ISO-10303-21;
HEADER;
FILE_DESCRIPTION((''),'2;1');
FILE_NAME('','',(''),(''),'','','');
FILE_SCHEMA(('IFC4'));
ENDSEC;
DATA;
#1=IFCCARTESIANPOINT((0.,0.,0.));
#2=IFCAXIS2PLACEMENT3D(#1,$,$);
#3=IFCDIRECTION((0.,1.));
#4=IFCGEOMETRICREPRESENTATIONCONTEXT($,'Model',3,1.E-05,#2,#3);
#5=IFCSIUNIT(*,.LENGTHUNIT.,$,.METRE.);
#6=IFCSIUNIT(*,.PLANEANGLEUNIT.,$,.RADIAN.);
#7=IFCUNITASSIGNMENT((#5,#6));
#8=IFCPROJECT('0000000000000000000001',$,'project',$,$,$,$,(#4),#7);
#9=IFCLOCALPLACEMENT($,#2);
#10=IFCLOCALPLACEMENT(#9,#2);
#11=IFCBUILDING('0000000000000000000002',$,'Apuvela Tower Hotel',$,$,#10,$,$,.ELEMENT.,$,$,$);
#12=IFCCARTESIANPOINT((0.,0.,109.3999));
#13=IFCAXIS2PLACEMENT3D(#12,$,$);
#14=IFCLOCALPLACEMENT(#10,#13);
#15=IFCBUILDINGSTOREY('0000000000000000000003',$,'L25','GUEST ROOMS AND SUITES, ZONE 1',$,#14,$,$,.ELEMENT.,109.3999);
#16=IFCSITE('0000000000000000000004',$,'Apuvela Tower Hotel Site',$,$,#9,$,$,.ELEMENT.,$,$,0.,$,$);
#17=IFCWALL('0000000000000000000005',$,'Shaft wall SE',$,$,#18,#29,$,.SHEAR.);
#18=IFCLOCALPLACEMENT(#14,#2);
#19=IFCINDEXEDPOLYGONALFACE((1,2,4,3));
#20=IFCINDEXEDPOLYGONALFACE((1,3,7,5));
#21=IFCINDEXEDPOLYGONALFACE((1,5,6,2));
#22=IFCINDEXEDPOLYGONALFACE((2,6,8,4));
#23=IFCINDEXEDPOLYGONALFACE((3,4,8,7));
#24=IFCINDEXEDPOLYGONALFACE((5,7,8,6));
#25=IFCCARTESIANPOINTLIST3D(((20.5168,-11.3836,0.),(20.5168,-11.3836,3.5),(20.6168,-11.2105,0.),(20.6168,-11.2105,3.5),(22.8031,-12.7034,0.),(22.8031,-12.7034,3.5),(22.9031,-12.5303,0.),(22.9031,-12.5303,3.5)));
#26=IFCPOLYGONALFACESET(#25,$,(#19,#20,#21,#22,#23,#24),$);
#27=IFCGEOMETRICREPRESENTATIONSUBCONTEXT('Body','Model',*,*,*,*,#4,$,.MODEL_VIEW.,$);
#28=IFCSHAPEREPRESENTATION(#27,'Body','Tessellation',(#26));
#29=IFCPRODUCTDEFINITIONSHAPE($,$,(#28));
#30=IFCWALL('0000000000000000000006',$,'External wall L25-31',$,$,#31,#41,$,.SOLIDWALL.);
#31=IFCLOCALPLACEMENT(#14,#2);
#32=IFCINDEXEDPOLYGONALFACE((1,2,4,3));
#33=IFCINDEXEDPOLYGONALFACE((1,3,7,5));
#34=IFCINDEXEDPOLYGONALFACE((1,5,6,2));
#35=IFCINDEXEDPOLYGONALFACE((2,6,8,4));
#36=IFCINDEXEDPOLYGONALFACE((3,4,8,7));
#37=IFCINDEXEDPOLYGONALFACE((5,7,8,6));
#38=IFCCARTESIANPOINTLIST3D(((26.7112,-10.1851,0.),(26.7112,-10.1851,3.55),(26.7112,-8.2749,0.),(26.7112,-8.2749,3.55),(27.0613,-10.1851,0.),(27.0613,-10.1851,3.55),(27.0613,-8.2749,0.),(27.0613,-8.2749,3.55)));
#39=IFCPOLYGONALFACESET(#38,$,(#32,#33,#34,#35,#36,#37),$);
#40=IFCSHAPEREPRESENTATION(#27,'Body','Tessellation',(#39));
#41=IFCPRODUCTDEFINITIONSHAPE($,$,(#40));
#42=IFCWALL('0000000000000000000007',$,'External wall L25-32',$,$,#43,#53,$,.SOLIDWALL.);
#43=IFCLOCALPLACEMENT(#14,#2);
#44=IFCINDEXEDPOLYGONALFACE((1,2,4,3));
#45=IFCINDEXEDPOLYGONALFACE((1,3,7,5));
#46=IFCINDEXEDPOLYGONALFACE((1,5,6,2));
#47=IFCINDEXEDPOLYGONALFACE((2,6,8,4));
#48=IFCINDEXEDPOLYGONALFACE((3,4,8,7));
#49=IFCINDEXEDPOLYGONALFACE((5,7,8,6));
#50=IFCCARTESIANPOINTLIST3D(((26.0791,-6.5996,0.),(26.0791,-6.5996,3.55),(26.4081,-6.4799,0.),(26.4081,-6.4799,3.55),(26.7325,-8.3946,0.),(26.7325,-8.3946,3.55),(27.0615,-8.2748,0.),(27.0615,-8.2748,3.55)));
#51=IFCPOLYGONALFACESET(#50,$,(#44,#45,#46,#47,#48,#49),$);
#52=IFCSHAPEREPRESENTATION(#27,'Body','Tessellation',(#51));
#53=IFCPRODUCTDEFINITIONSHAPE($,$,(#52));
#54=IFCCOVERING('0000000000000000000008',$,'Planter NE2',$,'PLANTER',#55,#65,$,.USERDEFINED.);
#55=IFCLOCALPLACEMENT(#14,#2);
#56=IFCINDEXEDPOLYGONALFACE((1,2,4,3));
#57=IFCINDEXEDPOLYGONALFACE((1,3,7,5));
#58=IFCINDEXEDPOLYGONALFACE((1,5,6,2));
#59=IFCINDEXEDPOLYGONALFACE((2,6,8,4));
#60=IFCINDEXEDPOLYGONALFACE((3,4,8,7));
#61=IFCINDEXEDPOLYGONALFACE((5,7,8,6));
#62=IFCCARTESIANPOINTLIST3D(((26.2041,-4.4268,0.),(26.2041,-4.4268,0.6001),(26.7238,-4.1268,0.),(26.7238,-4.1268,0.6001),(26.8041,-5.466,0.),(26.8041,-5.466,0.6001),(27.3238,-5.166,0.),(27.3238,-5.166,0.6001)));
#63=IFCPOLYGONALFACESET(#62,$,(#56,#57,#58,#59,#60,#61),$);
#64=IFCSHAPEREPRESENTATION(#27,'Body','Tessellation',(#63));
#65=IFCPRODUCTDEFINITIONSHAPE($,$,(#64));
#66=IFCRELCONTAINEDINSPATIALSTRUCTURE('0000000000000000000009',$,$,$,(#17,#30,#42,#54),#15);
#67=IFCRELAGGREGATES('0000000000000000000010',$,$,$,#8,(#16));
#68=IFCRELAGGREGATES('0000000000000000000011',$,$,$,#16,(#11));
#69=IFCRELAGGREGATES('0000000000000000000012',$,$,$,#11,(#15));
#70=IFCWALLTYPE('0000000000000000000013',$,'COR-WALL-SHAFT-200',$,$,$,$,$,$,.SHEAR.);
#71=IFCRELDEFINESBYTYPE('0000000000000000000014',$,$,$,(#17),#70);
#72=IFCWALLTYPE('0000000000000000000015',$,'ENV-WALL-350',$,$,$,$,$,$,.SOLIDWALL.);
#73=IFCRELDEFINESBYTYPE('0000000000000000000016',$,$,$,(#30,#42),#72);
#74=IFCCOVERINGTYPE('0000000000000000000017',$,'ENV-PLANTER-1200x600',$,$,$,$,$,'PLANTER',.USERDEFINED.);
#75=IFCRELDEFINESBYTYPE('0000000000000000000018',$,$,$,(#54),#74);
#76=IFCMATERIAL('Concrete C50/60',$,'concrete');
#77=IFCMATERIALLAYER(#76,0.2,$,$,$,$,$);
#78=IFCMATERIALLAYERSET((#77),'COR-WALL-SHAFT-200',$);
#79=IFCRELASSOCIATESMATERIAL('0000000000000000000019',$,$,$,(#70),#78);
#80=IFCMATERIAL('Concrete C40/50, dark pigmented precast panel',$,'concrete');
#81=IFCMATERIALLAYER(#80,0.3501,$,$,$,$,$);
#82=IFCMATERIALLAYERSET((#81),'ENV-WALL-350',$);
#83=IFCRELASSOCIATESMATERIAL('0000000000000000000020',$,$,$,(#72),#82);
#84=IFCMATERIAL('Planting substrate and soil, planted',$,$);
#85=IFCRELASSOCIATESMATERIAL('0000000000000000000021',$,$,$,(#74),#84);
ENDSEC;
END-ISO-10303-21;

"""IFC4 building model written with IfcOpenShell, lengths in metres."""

from ifc_helpers import new_model, si_unit, direction, frame, frame_2d, origin, origin_2d, place, context, subcontext, project, spatial, rectangle, extrude, material, layer, layer_set, type_object, element, save


model = new_model("IFC4")

# Units and contexts
model_context = context("Model", 3, precision=1e-05, world=origin(), true_north=direction((0.0, 1.0)))
body_context = subcontext(model_context, "Body", "Model", "MODEL_VIEW")
ifc_project = project(units=[si_unit("LENGTHUNIT", "METRE"), si_unit("PLANEANGLEUNIT", "RADIAN")], contexts=[model_context])

# Site, building, storey
site_placement = place(None, origin())
site = spatial("IfcSite", under=ifc_project, at=site_placement, Name="Apuvela Tower Hotel Site", CompositionType="ELEMENT", RefElevation=0.0)
building_placement = place(site_placement, origin())
building = spatial("IfcBuilding", under=site, at=building_placement, Name="Apuvela Tower Hotel", CompositionType="ELEMENT")
storey_placement = place(building_placement, frame((0.0, 0.0, 109.3999)))
storey = spatial("IfcBuildingStorey", under=building, at=storey_placement, Name="L25", Description="GUEST ROOMS AND SUITES, ZONE 1", CompositionType="ELEMENT", Elevation=109.3999)

# Walls
ifc_material_1 = material(Name="Concrete C50/60", Category="concrete")
ifc_layer_1 = layer(ifc_material_1, 0.2)
ifc_layer_set_1 = layer_set([ifc_layer_1], Name="COR-WALL-SHAFT-200")
wall_type_1 = type_object("IfcWallType", Name="COR-WALL-SHAFT-200", PredefinedType="SHEAR", material=ifc_layer_set_1)
wall_1_placement = place(storey_placement, frame((20.5669, -11.2971, 0.0), z_axis=(0.0, 0.0, 1.0), x_axis=(0.866061, -0.499939, 0.0)))
element("IfcWall", 1, at=wall_1_placement, inside=storey, type_object=wall_type_1, Name="Shaft wall SE", PredefinedType="SHEAR", context=body_context, shape_type="SweptSolid", body=[
    extrude(rectangle(XDim=2.6399, YDim=0.2, at=frame_2d((1.3198, 0.0))), origin(), (0.0, 0.0, 1.0), 3.5),
])
ifc_material_2 = material(Name="Concrete C40/50, dark pigmented precast panel", Category="concrete")
ifc_layer_2 = layer(ifc_material_2, 0.3501)
ifc_layer_set_2 = layer_set([ifc_layer_2], Name="ENV-WALL-350")
wall_type_2 = type_object("IfcWallType", Name="ENV-WALL-350", PredefinedType="SOLIDWALL", material=ifc_layer_set_2)
for number, where, z_axis, x_axis, name in (
    (2, (26.8862, -10.1851, 0.0), (0.0, 0.0, 1.0), (0.0, 1.0, 0.0), "External wall L25-31"),
    (3, (26.897, -8.3347, 0.0), (0.0, 0.0, 1.0), (-0.34203, 0.939689, 0.0), "External wall L25-32"),
):
    element("IfcWall", number, at=place(storey_placement, frame(where, z_axis=z_axis, x_axis=x_axis)), inside=storey, type_object=wall_type_2, Name=name, PredefinedType="SOLIDWALL", context=body_context, shape_type="SweptSolid", body=[
        extrude(rectangle(XDim=1.9102, YDim=0.3501, at=frame_2d((0.9551, 0.0))), origin(), (0.0, 0.0, 1.0), 3.55),
    ])

# Covering
ifc_material_3 = material(Name="Planting substrate and soil, planted")
covering_type = type_object("IfcCoveringType", Name="ENV-PLANTER-1200x600", ElementType="PLANTER", PredefinedType="USERDEFINED", material=ifc_material_3)
covering_placement = place(storey_placement, frame((26.7639, -4.7964, 0.0), z_axis=(0.0, 0.0, 1.0), x_axis=(-0.5, 0.866025, 0.0)))
element("IfcCovering", 4, at=covering_placement, inside=storey, type_object=covering_type, Name="Planter NE2", ObjectType="PLANTER", PredefinedType="USERDEFINED", context=body_context, shape_type="SweptSolid", body=[
    extrude(rectangle(XDim=1.2, YDim=0.6001, at=origin_2d()), origin(), (0.0, 0.0, 1.0), 0.6001),
])

save(model, "model.ifc")
